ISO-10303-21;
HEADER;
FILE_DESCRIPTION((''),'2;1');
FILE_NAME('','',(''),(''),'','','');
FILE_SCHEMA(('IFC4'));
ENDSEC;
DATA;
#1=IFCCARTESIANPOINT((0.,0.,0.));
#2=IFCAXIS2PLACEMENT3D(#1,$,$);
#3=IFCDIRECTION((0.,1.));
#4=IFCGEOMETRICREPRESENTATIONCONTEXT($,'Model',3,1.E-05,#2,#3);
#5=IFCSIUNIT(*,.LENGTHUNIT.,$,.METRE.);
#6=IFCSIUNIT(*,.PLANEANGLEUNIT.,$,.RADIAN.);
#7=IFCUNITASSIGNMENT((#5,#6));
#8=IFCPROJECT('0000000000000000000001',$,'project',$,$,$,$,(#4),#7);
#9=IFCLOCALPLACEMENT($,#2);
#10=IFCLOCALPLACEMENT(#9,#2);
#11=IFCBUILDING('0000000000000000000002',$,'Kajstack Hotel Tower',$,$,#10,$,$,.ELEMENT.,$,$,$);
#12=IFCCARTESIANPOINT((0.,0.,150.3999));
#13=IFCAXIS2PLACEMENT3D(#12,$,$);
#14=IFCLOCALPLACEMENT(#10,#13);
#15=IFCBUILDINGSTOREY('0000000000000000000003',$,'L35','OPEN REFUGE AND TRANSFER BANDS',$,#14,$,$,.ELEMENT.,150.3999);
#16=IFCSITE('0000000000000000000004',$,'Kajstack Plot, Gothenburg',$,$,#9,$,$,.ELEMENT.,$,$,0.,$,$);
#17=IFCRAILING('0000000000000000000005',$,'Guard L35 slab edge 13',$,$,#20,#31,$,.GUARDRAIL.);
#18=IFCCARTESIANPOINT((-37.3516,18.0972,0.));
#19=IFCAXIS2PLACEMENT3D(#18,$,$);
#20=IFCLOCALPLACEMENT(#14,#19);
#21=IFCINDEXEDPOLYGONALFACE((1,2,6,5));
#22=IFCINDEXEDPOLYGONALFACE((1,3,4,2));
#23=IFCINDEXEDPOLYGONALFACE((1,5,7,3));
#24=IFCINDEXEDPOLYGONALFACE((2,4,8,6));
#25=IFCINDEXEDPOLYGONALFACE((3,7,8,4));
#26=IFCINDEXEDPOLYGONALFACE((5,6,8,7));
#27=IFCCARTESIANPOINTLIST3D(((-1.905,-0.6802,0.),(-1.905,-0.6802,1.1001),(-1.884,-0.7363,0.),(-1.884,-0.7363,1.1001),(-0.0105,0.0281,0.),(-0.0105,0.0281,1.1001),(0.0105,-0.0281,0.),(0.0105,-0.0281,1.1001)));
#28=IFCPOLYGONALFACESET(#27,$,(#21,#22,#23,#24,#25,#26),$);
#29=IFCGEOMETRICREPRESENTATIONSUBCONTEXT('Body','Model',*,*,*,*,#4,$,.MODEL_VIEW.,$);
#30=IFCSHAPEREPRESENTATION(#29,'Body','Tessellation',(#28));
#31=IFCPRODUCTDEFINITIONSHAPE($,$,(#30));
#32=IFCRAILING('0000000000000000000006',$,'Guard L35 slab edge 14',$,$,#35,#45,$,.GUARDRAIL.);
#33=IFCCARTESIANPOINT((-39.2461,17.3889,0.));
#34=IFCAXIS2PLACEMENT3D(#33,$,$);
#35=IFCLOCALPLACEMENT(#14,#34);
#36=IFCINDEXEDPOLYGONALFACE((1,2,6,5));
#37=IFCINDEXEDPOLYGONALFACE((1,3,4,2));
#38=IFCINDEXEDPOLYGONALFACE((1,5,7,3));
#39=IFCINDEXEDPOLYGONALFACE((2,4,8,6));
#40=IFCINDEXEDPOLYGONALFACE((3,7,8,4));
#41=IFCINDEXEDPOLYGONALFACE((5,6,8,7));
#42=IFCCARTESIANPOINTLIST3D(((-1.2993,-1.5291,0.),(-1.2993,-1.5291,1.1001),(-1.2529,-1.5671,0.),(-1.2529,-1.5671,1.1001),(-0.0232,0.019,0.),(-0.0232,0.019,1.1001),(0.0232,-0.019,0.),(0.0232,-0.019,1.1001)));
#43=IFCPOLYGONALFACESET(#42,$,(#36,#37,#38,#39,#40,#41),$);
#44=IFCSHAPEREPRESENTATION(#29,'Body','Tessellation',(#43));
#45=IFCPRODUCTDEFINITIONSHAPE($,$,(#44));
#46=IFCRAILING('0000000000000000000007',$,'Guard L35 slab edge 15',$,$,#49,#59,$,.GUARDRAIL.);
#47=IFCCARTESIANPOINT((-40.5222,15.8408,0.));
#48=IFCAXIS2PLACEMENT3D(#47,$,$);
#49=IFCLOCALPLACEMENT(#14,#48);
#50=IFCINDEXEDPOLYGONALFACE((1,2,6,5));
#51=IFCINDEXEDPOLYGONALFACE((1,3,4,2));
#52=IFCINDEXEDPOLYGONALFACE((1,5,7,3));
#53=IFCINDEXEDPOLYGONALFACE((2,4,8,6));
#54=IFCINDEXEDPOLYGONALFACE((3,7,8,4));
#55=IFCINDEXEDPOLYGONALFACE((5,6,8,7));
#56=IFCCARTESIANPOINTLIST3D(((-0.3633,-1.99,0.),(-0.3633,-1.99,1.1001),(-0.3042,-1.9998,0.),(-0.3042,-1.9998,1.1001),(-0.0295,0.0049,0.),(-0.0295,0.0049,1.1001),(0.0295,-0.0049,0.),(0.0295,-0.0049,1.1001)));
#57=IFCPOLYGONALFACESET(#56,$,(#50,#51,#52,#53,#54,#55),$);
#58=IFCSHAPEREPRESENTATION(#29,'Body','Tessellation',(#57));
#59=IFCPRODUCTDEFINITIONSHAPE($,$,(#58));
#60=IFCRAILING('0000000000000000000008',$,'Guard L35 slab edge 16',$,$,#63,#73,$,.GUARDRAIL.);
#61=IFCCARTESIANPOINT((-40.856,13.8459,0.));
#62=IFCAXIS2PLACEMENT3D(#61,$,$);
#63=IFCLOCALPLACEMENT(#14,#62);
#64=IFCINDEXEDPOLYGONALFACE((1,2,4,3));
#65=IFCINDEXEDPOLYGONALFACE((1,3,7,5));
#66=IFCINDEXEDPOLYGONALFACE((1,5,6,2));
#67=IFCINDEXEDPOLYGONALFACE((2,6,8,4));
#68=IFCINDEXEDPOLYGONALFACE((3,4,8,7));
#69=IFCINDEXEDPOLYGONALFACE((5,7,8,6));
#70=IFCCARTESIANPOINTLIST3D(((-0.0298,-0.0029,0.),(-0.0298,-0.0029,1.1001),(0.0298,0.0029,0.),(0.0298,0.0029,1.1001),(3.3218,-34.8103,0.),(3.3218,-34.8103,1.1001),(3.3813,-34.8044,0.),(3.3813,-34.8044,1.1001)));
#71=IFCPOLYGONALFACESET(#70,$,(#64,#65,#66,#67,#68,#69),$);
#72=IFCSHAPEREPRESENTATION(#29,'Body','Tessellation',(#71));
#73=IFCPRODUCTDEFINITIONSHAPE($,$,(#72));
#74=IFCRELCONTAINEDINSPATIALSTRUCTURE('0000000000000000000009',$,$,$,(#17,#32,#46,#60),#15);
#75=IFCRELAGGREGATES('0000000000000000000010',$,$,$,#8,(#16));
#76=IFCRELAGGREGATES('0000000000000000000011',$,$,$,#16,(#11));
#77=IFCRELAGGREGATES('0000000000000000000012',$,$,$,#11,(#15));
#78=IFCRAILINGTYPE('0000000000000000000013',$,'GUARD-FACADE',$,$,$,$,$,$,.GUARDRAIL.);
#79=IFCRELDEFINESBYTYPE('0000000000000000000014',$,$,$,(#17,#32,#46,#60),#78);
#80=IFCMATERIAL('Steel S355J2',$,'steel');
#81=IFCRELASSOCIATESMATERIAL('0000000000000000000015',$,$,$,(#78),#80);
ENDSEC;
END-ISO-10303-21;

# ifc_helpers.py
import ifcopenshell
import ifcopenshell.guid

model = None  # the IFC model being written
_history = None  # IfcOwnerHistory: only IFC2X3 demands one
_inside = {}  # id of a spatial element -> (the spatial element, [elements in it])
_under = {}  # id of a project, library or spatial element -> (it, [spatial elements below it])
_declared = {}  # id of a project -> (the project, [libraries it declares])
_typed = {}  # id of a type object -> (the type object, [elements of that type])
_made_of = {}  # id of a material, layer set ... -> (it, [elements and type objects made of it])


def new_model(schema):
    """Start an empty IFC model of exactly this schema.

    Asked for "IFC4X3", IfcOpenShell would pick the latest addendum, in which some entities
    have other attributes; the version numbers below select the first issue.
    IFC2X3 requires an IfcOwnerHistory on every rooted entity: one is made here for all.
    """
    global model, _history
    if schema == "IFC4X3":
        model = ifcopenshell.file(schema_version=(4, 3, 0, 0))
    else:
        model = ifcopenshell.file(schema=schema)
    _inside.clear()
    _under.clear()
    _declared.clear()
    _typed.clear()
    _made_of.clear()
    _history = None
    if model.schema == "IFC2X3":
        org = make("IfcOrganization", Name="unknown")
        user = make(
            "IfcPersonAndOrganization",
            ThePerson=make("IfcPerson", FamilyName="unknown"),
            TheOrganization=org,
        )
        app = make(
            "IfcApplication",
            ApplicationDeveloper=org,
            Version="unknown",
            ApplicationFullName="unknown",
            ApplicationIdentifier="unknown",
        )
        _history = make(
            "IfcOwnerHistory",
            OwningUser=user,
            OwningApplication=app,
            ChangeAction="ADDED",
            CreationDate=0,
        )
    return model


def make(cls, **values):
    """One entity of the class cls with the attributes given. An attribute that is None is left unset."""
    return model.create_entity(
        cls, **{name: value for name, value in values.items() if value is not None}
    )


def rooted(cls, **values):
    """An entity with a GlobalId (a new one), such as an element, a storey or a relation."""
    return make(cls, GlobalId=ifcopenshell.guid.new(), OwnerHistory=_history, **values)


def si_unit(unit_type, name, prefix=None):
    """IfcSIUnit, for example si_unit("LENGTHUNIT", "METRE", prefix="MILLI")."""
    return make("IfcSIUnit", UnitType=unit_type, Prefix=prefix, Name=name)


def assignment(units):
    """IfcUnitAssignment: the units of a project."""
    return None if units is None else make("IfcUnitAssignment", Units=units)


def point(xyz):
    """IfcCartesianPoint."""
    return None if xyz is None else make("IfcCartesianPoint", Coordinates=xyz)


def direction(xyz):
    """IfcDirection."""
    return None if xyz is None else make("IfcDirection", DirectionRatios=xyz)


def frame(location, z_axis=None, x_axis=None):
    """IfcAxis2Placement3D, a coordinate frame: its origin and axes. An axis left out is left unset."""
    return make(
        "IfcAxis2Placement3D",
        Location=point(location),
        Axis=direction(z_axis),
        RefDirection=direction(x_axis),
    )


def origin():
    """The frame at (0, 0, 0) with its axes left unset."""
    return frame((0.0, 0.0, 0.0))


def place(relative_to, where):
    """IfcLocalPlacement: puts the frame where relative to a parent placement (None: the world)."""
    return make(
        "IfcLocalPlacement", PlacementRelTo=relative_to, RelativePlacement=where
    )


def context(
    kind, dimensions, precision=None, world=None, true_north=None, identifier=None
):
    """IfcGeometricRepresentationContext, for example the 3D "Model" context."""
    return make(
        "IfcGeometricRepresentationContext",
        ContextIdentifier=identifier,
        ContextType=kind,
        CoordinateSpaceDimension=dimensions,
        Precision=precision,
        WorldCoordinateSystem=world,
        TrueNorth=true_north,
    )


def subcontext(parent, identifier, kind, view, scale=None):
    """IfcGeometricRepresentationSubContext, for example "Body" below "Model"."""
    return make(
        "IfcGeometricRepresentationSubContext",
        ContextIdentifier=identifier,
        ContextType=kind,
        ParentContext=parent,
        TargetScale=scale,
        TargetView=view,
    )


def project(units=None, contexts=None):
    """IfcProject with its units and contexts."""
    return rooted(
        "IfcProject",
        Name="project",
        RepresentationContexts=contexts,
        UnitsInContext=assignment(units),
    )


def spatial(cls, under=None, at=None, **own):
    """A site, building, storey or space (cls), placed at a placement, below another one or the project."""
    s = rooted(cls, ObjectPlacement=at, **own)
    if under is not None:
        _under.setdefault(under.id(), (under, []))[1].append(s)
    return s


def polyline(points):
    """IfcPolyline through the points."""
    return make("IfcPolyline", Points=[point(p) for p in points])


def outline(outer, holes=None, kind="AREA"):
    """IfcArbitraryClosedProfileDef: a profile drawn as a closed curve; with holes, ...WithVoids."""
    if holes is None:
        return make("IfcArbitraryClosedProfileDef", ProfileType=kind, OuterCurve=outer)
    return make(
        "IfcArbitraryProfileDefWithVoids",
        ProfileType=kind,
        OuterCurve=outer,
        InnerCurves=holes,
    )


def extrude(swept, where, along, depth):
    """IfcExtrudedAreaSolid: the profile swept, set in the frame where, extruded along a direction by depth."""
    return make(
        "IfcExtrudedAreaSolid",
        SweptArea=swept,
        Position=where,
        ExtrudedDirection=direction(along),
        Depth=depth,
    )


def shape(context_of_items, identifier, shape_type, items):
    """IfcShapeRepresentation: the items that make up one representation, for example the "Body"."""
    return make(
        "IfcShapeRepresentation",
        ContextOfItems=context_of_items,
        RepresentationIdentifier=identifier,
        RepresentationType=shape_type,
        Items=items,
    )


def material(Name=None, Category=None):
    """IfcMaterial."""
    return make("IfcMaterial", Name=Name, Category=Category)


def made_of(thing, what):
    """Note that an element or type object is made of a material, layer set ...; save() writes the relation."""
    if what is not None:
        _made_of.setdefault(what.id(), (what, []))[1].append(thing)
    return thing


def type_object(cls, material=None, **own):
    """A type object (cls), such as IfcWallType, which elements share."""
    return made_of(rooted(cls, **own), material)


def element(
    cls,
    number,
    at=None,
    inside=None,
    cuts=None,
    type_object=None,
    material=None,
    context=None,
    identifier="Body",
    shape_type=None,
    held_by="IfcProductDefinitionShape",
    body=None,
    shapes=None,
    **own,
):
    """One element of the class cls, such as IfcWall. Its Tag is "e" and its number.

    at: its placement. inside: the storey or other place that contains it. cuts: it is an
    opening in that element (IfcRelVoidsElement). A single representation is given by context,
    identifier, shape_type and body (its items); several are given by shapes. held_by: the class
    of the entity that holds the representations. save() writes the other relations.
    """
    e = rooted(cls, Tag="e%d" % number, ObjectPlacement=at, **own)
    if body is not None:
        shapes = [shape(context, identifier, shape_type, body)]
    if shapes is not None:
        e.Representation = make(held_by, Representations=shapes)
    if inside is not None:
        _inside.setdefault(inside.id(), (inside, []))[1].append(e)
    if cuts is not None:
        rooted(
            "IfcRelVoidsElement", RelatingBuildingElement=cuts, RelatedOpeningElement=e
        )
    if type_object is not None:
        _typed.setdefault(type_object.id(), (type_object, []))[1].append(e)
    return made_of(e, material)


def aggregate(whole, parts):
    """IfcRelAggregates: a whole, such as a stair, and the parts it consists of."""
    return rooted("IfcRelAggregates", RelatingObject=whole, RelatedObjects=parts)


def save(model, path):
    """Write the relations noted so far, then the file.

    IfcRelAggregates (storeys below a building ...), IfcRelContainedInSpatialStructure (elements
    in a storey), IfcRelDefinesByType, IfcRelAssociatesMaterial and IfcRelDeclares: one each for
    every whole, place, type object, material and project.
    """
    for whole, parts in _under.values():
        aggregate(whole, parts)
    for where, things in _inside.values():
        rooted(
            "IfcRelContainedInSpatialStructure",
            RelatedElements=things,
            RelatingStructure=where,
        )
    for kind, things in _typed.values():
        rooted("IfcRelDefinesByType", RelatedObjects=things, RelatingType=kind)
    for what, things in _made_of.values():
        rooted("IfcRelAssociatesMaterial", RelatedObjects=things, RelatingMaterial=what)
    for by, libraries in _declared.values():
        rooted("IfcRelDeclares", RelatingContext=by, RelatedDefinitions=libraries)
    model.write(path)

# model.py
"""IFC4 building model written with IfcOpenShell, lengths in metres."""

from ifc_helpers import new_model, si_unit, direction, frame, origin, place, context, subcontext, project, spatial, polyline, outline, extrude, material, type_object, element, save


model = new_model("IFC4")

# Units and contexts
model_context = context("Model", 3, precision=1e-05, world=origin(), true_north=direction((0.0, 1.0)))
body_context = subcontext(model_context, "Body", "Model", "MODEL_VIEW")
ifc_project = project(units=[si_unit("LENGTHUNIT", "METRE"), si_unit("PLANEANGLEUNIT", "RADIAN")], contexts=[model_context])

# Site, building, storey
site_placement = place(None, origin())
site = spatial("IfcSite", under=ifc_project, at=site_placement, Name="Kajstack Plot, Gothenburg", CompositionType="ELEMENT", RefElevation=0.0)
building_placement = place(site_placement, origin())
building = spatial("IfcBuilding", under=site, at=building_placement, Name="Kajstack Hotel Tower", CompositionType="ELEMENT")
storey_placement = place(building_placement, frame((0.0, 0.0, 150.3999)))
storey = spatial("IfcBuildingStorey", under=building, at=storey_placement, Name="L35", Description="OPEN REFUGE AND TRANSFER BANDS", CompositionType="ELEMENT", Elevation=150.3999)

# Shared definitions
ifc_material = material(Name="Steel S355J2", Category="steel")

# Railings
railing_type = type_object("IfcRailingType", Name="GUARD-FACADE", PredefinedType="GUARDRAIL", material=ifc_material)
railing_1_placement = place(storey_placement, frame((-37.3516, 18.0972, 0.0)))
element("IfcRailing", 1, at=railing_1_placement, inside=storey, type_object=railing_type, Name="Guard L35 slab edge 13", PredefinedType="GUARDRAIL", context=body_context, shape_type="SweptSolid", body=[
    extrude(outline(polyline([(-1.884, -0.7363), (-1.905, -0.6802), (-0.0105, 0.0281), (0.0105, -0.0281), (-1.884, -0.7363)])), origin(), (0.0, 0.0, 1.0), 1.1001),
])
railing_2_placement = place(storey_placement, frame((-39.2461, 17.3889, 0.0)))
element("IfcRailing", 2, at=railing_2_placement, inside=storey, type_object=railing_type, Name="Guard L35 slab edge 14", PredefinedType="GUARDRAIL", context=body_context, shape_type="SweptSolid", body=[
    extrude(outline(polyline([(-1.2529, -1.5671), (-1.2993, -1.5291), (-0.0232, 0.019), (0.0232, -0.019), (-1.2529, -1.5671)])), origin(), (0.0, 0.0, 1.0), 1.1001),
])
railing_3_placement = place(storey_placement, frame((-40.5222, 15.8408, 0.0)))
element("IfcRailing", 3, at=railing_3_placement, inside=storey, type_object=railing_type, Name="Guard L35 slab edge 15", PredefinedType="GUARDRAIL", context=body_context, shape_type="SweptSolid", body=[
    extrude(outline(polyline([(-0.3042, -1.9998), (-0.3633, -1.99), (-0.0295, 0.0049), (0.0295, -0.0049), (-0.3042, -1.9998)])), origin(), (0.0, 0.0, 1.0), 1.1001),
])
railing_4_placement = place(storey_placement, frame((-40.856, 13.8459, 0.0)))
element("IfcRailing", 4, at=railing_4_placement, inside=storey, type_object=railing_type, Name="Guard L35 slab edge 16", PredefinedType="GUARDRAIL", context=body_context, shape_type="SweptSolid", body=[
    extrude(outline(polyline([(3.3813, -34.8044), (3.3218, -34.8103), (-0.0298, -0.0029), (0.0298, 0.0029), (3.3813, -34.8044)])), origin(), (0.0, 0.0, 1.0), 1.1001),
])

save(model, "model.ifc")
